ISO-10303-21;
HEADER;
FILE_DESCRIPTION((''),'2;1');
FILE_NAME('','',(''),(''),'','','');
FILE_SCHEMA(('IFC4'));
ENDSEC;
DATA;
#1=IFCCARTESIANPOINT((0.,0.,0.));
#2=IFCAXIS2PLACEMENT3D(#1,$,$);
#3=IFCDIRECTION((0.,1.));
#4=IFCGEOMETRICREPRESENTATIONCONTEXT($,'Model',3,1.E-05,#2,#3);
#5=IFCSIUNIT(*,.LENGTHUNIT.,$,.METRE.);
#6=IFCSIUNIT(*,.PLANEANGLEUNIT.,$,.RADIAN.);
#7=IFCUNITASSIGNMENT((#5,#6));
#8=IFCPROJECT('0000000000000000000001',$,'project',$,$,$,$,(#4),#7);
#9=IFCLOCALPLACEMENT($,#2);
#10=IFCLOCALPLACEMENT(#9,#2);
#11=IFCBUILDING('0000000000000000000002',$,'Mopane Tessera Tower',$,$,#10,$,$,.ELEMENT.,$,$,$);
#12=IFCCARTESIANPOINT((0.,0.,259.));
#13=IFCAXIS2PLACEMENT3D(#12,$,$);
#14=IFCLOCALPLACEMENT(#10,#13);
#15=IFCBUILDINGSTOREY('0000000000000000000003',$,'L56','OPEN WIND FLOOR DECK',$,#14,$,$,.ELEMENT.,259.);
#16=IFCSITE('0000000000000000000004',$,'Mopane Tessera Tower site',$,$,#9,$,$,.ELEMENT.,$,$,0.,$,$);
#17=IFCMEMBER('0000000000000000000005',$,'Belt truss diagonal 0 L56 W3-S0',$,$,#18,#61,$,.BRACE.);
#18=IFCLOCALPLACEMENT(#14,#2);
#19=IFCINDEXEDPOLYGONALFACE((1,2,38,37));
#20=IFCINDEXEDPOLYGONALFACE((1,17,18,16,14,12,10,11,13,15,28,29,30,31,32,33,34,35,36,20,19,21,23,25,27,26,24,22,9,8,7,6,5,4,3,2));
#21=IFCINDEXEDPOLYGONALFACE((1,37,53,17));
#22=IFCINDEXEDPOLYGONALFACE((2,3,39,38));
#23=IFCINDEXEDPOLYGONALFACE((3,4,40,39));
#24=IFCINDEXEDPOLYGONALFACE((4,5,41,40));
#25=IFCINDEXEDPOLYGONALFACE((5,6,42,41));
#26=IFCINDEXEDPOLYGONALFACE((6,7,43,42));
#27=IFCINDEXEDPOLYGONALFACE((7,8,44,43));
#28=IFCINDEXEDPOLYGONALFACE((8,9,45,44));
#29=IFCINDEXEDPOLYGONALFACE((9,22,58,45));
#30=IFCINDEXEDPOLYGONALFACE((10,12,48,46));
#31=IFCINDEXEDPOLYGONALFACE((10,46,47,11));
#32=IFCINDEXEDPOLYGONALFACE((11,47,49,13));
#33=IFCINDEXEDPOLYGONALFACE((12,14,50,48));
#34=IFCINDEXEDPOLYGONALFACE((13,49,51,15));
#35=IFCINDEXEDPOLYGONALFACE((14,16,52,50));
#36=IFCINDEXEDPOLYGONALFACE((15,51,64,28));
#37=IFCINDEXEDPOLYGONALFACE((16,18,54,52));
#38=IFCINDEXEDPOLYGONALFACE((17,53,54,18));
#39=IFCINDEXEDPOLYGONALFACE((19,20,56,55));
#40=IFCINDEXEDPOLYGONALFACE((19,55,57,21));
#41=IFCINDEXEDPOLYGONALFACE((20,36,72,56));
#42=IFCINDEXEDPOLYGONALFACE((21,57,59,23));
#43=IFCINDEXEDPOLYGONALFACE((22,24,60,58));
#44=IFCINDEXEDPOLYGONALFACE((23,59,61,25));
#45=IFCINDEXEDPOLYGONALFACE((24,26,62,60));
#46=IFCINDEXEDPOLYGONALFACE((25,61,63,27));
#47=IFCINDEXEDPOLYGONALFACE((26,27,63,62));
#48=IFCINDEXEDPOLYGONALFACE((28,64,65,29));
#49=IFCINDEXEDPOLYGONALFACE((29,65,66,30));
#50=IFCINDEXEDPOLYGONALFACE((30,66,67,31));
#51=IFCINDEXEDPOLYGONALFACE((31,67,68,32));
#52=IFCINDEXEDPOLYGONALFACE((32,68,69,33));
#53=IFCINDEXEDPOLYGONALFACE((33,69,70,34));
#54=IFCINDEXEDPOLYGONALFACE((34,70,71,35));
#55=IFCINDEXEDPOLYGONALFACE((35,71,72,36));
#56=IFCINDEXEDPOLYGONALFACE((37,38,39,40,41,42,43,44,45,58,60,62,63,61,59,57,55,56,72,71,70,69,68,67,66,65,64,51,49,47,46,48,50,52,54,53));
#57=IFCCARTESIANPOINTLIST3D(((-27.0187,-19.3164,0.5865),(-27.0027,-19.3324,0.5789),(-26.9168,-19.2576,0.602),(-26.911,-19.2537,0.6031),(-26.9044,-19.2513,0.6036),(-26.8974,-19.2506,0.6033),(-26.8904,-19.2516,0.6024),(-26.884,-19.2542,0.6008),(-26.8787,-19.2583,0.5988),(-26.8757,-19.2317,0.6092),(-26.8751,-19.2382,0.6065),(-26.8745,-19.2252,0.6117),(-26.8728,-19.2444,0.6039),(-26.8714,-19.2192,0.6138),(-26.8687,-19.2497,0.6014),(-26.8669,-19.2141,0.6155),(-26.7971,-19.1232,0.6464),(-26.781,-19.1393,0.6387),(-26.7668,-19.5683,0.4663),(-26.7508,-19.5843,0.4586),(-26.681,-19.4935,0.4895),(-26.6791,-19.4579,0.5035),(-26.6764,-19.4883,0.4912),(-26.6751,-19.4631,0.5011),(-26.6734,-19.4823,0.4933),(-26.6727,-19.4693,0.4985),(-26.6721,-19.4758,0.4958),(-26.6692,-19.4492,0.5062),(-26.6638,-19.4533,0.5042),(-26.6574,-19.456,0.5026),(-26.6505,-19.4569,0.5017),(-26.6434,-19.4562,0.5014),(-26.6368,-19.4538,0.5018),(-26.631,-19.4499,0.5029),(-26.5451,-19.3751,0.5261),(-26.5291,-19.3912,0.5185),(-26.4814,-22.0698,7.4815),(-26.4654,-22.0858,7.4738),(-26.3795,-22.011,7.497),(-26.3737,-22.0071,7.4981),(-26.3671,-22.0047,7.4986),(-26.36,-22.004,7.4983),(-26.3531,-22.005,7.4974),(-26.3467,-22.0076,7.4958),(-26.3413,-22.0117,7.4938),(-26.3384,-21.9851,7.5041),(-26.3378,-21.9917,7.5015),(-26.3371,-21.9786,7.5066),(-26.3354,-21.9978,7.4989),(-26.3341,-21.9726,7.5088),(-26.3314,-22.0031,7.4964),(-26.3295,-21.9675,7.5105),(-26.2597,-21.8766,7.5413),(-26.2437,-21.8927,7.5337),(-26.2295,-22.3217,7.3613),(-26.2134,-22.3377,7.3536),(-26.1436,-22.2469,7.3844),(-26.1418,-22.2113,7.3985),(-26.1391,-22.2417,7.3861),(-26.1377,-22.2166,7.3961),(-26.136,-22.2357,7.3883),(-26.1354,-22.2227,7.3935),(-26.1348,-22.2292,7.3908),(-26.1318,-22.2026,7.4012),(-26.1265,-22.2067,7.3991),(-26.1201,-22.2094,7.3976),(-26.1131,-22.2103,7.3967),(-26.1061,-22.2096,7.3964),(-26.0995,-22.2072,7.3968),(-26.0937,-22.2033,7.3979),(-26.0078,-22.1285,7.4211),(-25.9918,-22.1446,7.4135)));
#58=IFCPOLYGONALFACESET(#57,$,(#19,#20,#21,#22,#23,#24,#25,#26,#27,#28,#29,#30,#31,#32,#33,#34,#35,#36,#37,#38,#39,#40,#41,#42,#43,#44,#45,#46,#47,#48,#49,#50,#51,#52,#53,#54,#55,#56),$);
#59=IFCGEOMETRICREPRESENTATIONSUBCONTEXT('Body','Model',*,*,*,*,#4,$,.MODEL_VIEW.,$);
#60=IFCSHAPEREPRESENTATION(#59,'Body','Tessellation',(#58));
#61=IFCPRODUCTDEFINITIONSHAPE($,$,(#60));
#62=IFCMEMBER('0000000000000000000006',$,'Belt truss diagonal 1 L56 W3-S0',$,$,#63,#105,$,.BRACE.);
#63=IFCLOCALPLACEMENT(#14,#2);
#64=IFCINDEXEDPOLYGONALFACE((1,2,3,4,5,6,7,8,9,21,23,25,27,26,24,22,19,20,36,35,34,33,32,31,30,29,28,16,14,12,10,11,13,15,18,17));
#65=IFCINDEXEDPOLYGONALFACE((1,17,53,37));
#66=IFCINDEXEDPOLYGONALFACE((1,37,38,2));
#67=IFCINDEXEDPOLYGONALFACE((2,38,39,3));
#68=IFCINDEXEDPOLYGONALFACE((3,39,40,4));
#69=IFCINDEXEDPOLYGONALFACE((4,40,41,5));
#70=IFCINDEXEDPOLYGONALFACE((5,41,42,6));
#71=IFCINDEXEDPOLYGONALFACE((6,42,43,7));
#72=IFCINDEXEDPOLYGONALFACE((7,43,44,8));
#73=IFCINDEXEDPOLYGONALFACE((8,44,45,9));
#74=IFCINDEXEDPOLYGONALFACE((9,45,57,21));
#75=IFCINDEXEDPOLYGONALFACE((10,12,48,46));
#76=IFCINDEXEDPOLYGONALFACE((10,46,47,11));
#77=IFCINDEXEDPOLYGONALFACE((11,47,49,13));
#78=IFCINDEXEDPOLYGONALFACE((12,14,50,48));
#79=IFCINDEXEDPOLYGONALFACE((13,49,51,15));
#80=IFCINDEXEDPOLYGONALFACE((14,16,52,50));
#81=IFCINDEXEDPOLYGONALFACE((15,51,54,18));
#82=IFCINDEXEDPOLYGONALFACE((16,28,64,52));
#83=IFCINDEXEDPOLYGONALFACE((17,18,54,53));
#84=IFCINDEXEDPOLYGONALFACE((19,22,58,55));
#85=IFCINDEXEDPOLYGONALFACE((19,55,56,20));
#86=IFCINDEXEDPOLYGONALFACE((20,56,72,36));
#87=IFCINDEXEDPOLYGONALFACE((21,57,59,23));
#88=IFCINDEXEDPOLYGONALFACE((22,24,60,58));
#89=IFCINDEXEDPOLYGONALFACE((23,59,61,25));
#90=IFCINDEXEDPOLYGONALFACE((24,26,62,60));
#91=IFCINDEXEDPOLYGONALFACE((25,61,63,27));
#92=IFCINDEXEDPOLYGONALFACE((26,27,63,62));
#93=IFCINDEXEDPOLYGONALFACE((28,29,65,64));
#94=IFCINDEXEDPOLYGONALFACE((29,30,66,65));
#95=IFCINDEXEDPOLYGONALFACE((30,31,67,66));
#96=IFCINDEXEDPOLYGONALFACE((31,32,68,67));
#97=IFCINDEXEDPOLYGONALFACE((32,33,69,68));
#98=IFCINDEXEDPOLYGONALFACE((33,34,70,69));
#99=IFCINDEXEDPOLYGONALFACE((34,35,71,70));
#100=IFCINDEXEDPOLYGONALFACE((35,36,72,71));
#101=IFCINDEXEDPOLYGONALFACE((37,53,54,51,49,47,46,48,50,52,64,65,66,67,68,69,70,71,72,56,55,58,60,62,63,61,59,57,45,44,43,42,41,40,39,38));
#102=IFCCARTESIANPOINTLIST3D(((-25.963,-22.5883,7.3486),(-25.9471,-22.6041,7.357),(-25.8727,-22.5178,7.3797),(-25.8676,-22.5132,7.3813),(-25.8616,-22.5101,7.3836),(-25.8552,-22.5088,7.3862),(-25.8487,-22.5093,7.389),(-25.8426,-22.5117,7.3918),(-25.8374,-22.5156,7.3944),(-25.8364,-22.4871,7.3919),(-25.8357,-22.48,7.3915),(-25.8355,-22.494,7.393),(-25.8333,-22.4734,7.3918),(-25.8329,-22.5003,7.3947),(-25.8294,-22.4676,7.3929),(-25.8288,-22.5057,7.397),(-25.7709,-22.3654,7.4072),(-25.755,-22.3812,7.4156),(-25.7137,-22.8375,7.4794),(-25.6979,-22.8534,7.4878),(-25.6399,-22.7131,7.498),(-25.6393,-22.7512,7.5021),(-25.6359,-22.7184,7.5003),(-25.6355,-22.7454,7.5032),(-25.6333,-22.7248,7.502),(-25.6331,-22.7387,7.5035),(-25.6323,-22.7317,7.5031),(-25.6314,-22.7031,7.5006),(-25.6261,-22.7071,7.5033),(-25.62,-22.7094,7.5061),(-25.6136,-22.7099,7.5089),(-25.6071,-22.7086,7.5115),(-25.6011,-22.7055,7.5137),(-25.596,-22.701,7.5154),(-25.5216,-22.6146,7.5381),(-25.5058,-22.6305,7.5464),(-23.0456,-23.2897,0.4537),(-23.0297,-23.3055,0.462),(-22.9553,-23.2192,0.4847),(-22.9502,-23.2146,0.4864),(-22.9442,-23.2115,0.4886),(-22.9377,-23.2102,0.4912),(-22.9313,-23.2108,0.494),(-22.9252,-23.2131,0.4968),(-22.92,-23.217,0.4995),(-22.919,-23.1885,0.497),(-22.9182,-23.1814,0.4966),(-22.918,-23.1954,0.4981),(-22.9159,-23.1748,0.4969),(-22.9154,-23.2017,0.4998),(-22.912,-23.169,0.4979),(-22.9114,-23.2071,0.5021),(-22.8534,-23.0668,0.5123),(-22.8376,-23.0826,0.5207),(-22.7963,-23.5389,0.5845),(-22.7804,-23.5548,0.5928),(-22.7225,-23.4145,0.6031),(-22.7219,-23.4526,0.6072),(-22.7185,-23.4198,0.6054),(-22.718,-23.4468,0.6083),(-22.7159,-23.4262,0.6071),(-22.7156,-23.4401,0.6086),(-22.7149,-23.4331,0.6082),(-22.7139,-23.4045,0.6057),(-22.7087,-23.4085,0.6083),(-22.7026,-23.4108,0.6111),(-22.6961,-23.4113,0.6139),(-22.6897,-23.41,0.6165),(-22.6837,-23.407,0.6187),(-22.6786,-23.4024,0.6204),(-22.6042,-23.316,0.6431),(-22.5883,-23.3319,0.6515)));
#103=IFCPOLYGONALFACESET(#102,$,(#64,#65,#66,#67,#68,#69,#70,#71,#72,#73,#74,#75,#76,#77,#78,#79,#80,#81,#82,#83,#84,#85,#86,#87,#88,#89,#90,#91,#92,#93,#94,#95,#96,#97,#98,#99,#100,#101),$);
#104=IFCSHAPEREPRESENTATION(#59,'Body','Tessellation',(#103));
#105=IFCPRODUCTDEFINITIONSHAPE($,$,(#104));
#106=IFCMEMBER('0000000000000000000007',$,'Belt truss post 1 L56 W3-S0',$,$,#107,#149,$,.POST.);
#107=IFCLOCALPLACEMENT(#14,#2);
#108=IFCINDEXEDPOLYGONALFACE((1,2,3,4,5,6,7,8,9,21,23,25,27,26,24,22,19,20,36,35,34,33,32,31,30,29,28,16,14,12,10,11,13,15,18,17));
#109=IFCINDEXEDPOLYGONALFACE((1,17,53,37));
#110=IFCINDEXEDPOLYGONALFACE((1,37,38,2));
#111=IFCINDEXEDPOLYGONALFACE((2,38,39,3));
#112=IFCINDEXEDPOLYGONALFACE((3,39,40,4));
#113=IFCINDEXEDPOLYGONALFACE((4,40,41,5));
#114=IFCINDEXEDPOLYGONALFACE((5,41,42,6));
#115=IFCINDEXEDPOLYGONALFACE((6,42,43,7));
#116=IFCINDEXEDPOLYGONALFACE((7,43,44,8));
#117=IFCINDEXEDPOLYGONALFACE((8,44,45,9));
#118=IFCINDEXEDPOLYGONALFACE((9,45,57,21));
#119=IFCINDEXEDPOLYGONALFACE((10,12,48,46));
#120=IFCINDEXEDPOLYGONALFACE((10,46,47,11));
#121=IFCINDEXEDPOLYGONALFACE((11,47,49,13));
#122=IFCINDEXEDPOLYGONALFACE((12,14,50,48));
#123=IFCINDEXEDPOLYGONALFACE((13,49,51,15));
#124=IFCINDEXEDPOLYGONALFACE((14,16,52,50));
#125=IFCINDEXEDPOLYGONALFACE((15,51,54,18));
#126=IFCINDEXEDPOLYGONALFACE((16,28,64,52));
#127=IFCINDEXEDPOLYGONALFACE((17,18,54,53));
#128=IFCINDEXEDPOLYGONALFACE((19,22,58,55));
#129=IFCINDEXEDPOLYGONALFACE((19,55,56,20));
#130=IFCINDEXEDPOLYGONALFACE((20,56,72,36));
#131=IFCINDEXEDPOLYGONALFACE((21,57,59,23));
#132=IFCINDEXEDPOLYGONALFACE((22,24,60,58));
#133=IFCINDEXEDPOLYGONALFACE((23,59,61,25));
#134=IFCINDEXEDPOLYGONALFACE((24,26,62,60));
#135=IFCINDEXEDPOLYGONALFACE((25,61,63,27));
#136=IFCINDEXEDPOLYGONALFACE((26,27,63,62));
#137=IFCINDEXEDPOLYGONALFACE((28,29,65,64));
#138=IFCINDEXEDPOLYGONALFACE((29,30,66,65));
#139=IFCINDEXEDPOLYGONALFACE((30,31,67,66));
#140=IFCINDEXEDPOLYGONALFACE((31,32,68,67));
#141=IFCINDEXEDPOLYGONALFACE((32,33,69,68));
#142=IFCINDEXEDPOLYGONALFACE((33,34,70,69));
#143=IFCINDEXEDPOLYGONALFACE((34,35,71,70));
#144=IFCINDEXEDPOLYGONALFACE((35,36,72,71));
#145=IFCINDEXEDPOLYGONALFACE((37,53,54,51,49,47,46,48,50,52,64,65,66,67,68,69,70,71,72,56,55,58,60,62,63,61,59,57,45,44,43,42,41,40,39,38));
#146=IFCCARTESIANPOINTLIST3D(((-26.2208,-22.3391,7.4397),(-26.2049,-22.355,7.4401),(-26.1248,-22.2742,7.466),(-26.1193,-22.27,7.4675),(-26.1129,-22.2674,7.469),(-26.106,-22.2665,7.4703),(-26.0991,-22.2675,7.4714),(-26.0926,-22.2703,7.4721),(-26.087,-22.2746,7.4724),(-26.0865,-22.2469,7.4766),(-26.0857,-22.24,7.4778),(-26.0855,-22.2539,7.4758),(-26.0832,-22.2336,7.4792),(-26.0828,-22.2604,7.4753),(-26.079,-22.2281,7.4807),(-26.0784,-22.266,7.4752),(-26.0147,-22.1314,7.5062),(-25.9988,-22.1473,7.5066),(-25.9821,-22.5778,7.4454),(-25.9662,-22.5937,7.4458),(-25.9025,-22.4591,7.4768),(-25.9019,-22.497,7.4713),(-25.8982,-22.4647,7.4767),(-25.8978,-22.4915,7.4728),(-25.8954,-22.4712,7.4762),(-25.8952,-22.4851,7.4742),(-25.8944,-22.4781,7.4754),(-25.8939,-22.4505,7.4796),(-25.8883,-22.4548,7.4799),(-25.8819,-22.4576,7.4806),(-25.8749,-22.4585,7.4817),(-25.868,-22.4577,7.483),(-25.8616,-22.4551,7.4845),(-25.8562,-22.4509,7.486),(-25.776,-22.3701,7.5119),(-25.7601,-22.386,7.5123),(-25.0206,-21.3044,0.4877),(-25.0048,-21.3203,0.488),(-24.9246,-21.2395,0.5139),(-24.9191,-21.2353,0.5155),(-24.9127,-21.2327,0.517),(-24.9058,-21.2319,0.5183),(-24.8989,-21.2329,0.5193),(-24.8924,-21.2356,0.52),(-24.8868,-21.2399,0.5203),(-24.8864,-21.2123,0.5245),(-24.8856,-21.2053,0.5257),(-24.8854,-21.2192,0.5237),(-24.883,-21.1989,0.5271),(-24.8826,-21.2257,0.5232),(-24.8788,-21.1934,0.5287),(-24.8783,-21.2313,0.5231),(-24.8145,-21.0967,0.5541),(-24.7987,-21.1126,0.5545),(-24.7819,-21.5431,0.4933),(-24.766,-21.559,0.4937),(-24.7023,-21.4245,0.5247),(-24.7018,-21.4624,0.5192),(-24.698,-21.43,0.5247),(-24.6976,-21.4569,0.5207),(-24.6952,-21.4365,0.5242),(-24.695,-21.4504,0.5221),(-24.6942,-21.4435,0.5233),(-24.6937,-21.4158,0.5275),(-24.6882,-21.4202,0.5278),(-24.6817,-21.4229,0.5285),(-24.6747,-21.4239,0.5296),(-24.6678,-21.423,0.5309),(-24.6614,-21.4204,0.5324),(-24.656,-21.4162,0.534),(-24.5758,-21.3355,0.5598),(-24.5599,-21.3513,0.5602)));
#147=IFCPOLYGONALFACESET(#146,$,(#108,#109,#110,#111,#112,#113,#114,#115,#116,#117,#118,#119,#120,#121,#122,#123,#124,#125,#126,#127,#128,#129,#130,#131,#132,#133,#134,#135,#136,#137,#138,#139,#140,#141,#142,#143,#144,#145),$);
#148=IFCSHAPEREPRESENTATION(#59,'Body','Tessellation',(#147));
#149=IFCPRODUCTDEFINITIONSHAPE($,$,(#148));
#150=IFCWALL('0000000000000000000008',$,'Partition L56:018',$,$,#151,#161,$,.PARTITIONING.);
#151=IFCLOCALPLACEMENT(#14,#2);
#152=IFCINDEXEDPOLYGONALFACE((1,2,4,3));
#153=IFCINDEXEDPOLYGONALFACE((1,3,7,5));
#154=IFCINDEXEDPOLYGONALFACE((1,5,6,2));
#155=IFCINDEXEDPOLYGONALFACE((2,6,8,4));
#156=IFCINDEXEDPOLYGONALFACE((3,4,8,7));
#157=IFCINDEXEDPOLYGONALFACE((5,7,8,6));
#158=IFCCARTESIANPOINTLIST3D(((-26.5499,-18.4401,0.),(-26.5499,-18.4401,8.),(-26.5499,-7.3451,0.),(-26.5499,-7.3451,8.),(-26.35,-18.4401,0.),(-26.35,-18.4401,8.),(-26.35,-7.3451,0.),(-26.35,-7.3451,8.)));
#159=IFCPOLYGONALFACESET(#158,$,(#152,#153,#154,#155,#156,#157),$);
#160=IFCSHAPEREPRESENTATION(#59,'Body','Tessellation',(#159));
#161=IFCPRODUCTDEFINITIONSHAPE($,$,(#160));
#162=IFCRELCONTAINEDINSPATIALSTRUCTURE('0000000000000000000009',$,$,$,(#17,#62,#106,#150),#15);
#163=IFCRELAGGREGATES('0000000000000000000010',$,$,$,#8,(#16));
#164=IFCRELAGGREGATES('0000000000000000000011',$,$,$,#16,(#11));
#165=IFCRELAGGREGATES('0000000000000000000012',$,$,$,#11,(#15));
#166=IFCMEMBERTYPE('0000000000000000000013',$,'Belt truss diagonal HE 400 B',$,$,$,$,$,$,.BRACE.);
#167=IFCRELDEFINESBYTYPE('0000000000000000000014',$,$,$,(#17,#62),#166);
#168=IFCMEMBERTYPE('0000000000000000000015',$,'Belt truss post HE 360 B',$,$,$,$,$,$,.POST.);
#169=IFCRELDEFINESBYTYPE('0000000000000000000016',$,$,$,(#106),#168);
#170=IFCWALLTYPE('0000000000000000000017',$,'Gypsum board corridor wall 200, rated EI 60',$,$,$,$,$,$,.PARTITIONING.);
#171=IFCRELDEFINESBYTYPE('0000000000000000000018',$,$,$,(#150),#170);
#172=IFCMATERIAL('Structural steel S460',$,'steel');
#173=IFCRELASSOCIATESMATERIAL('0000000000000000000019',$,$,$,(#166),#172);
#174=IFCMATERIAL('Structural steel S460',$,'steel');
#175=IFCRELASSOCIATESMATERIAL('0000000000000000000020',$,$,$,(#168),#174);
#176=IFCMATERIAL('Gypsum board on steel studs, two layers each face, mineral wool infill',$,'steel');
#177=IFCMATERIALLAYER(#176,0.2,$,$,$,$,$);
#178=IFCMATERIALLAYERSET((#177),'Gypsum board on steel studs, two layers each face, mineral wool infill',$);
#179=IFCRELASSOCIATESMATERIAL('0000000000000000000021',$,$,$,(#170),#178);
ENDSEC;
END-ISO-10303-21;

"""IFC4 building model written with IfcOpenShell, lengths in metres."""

from ifc_helpers import new_model, si_unit, direction, frame, frame_2d, origin, origin_2d, place, context, subcontext, project, spatial, rectangle, i_section, extrude, material, layer, layer_set, material_profile, profile_set, type_object, element, save


model = new_model("IFC4")

# Units and contexts
model_context = context("Model", 3, precision=1e-05, world=origin(), true_north=direction((0.0, 1.0)))
body_context = subcontext(model_context, "Body", "Model", "MODEL_VIEW")
ifc_project = project(units=[si_unit("LENGTHUNIT", "METRE"), si_unit("PLANEANGLEUNIT", "RADIAN")], contexts=[model_context])

# Site, building, storey
site_placement = place(None, origin())
site = spatial("IfcSite", under=ifc_project, at=site_placement, Name="Mopane Tessera Tower site", CompositionType="ELEMENT", RefElevation=0.0)
building_placement = place(site_placement, origin())
building = spatial("IfcBuilding", under=site, at=building_placement, Name="Mopane Tessera Tower", CompositionType="ELEMENT")
storey_placement = place(building_placement, frame((0.0, 0.0, 259.0)))
storey = spatial("IfcBuildingStorey", under=building, at=storey_placement, Name="L56", Description="OPEN WIND FLOOR DECK", CompositionType="ELEMENT", Elevation=259.0)

# Members
ifc_material_1 = material(Name="Structural steel S460", Category="steel")
ifc_material_profile_1 = material_profile(ifc_material_1, i_section(OverallWidth=0.3, OverallDepth=0.3999, WebThickness=0.0134, FlangeThickness=0.0239, FilletRadius=0.0271, at=origin_2d()))
ifc_profile_set_1 = profile_set([ifc_material_profile_1], Name="Structural steel S460")
member_type_1 = type_object("IfcMemberType", Name="Belt truss diagonal HE 400 B", PredefinedType="BRACE", material=ifc_profile_set_1)
member_1_placement = place(storey_placement, frame((-26.7739, -19.3538, 0.5525), z_axis=(0.072187, -0.36989, 0.926267), x_axis=(0.738837, 0.643687, 0.199466)))
element("IfcMember", 1, at=member_1_placement, inside=storey, type_object=member_type_1, Name="Belt truss diagonal 0 L56 W3-S0", PredefinedType="BRACE", context=body_context, shape_type="SweptSolid", body=[
    extrude(i_section(OverallWidth=0.3, OverallDepth=0.3999, WebThickness=0.0134, FlangeThickness=0.0239, FilletRadius=0.0271, at=origin_2d()), origin(), (0.0, 0.0, 1.0), 7.4438),
])
member_2_placement = place(storey_placement, frame((-25.7344, -22.6094, 7.4475), z_axis=(0.387981, -0.093278, -0.916935), x_axis=(0.640323, 0.742843, 0.195371)))
element("IfcMember", 2, at=member_2_placement, inside=storey, type_object=member_type_1, Name="Belt truss diagonal 1 L56 W3-S0", PredefinedType="BRACE", context=body_context, shape_type="SweptSolid", body=[
    extrude(i_section(OverallWidth=0.3, OverallDepth=0.3999, WebThickness=0.0134, FlangeThickness=0.0239, FilletRadius=0.0271, at=origin_2d()), origin(), (0.0, 0.0, 1.0), 7.5195),
])
ifc_material_2 = material(Name="Structural steel S460", Category="steel")
ifc_material_profile_2 = material_profile(ifc_material_2, i_section(OverallWidth=0.3, OverallDepth=0.3601, WebThickness=0.0125, FlangeThickness=0.0225, FilletRadius=0.0271, at=origin_2d()))
ifc_profile_set_2 = profile_set([ifc_material_profile_2], Name="Structural steel S460")
member_type_2 = type_object("IfcMemberType", Name="Belt truss post HE 360 B", PredefinedType="POST", material=ifc_profile_set_2)
member_3_placement = place(storey_placement, frame((-24.7903, -21.3279, 0.5239), z_axis=(-0.16832, -0.145105, 0.974994), x_axis=(0.686891, 0.692154, 0.221594)))
element("IfcMember", 3, at=member_3_placement, inside=storey, type_object=member_type_2, Name="Belt truss post 1 L56 W3-S0", PredefinedType="POST", context=body_context, shape_type="SweptSolid", body=[
    extrude(i_section(OverallWidth=0.3, OverallDepth=0.3601, WebThickness=0.0125, FlangeThickness=0.0225, FilletRadius=0.0271, at=origin_2d()), origin(), (0.0, 0.0, 1.0), 7.1304),
])

# Wall
ifc_material_3 = material(Name="Gypsum board on steel studs, two layers each face, mineral wool infill", Category="steel")
ifc_layer_1 = layer(ifc_material_3, 0.2)
ifc_layer_set_1 = layer_set([ifc_layer_1], Name="Gypsum board on steel studs, two layers each face, mineral wool infill")
wall_type = type_object("IfcWallType", Name="Gypsum board corridor wall 200, rated EI 60", PredefinedType="PARTITIONING", material=ifc_layer_set_1)
wall_placement = place(storey_placement, frame((-26.45, -18.4399, 0.0), z_axis=(0.0, 0.0, 1.0), x_axis=(0.0, 1.0, 0.0)))
element("IfcWall", 4, at=wall_placement, inside=storey, type_object=wall_type, Name="Partition L56:018", PredefinedType="PARTITIONING", context=body_context, shape_type="SweptSolid", body=[
    extrude(rectangle(XDim=11.095, YDim=0.2, at=frame_2d((5.5474, 0.0))), origin(), (0.0, 0.0, 1.0), 8.0),
])

save(model, "model.ifc")
